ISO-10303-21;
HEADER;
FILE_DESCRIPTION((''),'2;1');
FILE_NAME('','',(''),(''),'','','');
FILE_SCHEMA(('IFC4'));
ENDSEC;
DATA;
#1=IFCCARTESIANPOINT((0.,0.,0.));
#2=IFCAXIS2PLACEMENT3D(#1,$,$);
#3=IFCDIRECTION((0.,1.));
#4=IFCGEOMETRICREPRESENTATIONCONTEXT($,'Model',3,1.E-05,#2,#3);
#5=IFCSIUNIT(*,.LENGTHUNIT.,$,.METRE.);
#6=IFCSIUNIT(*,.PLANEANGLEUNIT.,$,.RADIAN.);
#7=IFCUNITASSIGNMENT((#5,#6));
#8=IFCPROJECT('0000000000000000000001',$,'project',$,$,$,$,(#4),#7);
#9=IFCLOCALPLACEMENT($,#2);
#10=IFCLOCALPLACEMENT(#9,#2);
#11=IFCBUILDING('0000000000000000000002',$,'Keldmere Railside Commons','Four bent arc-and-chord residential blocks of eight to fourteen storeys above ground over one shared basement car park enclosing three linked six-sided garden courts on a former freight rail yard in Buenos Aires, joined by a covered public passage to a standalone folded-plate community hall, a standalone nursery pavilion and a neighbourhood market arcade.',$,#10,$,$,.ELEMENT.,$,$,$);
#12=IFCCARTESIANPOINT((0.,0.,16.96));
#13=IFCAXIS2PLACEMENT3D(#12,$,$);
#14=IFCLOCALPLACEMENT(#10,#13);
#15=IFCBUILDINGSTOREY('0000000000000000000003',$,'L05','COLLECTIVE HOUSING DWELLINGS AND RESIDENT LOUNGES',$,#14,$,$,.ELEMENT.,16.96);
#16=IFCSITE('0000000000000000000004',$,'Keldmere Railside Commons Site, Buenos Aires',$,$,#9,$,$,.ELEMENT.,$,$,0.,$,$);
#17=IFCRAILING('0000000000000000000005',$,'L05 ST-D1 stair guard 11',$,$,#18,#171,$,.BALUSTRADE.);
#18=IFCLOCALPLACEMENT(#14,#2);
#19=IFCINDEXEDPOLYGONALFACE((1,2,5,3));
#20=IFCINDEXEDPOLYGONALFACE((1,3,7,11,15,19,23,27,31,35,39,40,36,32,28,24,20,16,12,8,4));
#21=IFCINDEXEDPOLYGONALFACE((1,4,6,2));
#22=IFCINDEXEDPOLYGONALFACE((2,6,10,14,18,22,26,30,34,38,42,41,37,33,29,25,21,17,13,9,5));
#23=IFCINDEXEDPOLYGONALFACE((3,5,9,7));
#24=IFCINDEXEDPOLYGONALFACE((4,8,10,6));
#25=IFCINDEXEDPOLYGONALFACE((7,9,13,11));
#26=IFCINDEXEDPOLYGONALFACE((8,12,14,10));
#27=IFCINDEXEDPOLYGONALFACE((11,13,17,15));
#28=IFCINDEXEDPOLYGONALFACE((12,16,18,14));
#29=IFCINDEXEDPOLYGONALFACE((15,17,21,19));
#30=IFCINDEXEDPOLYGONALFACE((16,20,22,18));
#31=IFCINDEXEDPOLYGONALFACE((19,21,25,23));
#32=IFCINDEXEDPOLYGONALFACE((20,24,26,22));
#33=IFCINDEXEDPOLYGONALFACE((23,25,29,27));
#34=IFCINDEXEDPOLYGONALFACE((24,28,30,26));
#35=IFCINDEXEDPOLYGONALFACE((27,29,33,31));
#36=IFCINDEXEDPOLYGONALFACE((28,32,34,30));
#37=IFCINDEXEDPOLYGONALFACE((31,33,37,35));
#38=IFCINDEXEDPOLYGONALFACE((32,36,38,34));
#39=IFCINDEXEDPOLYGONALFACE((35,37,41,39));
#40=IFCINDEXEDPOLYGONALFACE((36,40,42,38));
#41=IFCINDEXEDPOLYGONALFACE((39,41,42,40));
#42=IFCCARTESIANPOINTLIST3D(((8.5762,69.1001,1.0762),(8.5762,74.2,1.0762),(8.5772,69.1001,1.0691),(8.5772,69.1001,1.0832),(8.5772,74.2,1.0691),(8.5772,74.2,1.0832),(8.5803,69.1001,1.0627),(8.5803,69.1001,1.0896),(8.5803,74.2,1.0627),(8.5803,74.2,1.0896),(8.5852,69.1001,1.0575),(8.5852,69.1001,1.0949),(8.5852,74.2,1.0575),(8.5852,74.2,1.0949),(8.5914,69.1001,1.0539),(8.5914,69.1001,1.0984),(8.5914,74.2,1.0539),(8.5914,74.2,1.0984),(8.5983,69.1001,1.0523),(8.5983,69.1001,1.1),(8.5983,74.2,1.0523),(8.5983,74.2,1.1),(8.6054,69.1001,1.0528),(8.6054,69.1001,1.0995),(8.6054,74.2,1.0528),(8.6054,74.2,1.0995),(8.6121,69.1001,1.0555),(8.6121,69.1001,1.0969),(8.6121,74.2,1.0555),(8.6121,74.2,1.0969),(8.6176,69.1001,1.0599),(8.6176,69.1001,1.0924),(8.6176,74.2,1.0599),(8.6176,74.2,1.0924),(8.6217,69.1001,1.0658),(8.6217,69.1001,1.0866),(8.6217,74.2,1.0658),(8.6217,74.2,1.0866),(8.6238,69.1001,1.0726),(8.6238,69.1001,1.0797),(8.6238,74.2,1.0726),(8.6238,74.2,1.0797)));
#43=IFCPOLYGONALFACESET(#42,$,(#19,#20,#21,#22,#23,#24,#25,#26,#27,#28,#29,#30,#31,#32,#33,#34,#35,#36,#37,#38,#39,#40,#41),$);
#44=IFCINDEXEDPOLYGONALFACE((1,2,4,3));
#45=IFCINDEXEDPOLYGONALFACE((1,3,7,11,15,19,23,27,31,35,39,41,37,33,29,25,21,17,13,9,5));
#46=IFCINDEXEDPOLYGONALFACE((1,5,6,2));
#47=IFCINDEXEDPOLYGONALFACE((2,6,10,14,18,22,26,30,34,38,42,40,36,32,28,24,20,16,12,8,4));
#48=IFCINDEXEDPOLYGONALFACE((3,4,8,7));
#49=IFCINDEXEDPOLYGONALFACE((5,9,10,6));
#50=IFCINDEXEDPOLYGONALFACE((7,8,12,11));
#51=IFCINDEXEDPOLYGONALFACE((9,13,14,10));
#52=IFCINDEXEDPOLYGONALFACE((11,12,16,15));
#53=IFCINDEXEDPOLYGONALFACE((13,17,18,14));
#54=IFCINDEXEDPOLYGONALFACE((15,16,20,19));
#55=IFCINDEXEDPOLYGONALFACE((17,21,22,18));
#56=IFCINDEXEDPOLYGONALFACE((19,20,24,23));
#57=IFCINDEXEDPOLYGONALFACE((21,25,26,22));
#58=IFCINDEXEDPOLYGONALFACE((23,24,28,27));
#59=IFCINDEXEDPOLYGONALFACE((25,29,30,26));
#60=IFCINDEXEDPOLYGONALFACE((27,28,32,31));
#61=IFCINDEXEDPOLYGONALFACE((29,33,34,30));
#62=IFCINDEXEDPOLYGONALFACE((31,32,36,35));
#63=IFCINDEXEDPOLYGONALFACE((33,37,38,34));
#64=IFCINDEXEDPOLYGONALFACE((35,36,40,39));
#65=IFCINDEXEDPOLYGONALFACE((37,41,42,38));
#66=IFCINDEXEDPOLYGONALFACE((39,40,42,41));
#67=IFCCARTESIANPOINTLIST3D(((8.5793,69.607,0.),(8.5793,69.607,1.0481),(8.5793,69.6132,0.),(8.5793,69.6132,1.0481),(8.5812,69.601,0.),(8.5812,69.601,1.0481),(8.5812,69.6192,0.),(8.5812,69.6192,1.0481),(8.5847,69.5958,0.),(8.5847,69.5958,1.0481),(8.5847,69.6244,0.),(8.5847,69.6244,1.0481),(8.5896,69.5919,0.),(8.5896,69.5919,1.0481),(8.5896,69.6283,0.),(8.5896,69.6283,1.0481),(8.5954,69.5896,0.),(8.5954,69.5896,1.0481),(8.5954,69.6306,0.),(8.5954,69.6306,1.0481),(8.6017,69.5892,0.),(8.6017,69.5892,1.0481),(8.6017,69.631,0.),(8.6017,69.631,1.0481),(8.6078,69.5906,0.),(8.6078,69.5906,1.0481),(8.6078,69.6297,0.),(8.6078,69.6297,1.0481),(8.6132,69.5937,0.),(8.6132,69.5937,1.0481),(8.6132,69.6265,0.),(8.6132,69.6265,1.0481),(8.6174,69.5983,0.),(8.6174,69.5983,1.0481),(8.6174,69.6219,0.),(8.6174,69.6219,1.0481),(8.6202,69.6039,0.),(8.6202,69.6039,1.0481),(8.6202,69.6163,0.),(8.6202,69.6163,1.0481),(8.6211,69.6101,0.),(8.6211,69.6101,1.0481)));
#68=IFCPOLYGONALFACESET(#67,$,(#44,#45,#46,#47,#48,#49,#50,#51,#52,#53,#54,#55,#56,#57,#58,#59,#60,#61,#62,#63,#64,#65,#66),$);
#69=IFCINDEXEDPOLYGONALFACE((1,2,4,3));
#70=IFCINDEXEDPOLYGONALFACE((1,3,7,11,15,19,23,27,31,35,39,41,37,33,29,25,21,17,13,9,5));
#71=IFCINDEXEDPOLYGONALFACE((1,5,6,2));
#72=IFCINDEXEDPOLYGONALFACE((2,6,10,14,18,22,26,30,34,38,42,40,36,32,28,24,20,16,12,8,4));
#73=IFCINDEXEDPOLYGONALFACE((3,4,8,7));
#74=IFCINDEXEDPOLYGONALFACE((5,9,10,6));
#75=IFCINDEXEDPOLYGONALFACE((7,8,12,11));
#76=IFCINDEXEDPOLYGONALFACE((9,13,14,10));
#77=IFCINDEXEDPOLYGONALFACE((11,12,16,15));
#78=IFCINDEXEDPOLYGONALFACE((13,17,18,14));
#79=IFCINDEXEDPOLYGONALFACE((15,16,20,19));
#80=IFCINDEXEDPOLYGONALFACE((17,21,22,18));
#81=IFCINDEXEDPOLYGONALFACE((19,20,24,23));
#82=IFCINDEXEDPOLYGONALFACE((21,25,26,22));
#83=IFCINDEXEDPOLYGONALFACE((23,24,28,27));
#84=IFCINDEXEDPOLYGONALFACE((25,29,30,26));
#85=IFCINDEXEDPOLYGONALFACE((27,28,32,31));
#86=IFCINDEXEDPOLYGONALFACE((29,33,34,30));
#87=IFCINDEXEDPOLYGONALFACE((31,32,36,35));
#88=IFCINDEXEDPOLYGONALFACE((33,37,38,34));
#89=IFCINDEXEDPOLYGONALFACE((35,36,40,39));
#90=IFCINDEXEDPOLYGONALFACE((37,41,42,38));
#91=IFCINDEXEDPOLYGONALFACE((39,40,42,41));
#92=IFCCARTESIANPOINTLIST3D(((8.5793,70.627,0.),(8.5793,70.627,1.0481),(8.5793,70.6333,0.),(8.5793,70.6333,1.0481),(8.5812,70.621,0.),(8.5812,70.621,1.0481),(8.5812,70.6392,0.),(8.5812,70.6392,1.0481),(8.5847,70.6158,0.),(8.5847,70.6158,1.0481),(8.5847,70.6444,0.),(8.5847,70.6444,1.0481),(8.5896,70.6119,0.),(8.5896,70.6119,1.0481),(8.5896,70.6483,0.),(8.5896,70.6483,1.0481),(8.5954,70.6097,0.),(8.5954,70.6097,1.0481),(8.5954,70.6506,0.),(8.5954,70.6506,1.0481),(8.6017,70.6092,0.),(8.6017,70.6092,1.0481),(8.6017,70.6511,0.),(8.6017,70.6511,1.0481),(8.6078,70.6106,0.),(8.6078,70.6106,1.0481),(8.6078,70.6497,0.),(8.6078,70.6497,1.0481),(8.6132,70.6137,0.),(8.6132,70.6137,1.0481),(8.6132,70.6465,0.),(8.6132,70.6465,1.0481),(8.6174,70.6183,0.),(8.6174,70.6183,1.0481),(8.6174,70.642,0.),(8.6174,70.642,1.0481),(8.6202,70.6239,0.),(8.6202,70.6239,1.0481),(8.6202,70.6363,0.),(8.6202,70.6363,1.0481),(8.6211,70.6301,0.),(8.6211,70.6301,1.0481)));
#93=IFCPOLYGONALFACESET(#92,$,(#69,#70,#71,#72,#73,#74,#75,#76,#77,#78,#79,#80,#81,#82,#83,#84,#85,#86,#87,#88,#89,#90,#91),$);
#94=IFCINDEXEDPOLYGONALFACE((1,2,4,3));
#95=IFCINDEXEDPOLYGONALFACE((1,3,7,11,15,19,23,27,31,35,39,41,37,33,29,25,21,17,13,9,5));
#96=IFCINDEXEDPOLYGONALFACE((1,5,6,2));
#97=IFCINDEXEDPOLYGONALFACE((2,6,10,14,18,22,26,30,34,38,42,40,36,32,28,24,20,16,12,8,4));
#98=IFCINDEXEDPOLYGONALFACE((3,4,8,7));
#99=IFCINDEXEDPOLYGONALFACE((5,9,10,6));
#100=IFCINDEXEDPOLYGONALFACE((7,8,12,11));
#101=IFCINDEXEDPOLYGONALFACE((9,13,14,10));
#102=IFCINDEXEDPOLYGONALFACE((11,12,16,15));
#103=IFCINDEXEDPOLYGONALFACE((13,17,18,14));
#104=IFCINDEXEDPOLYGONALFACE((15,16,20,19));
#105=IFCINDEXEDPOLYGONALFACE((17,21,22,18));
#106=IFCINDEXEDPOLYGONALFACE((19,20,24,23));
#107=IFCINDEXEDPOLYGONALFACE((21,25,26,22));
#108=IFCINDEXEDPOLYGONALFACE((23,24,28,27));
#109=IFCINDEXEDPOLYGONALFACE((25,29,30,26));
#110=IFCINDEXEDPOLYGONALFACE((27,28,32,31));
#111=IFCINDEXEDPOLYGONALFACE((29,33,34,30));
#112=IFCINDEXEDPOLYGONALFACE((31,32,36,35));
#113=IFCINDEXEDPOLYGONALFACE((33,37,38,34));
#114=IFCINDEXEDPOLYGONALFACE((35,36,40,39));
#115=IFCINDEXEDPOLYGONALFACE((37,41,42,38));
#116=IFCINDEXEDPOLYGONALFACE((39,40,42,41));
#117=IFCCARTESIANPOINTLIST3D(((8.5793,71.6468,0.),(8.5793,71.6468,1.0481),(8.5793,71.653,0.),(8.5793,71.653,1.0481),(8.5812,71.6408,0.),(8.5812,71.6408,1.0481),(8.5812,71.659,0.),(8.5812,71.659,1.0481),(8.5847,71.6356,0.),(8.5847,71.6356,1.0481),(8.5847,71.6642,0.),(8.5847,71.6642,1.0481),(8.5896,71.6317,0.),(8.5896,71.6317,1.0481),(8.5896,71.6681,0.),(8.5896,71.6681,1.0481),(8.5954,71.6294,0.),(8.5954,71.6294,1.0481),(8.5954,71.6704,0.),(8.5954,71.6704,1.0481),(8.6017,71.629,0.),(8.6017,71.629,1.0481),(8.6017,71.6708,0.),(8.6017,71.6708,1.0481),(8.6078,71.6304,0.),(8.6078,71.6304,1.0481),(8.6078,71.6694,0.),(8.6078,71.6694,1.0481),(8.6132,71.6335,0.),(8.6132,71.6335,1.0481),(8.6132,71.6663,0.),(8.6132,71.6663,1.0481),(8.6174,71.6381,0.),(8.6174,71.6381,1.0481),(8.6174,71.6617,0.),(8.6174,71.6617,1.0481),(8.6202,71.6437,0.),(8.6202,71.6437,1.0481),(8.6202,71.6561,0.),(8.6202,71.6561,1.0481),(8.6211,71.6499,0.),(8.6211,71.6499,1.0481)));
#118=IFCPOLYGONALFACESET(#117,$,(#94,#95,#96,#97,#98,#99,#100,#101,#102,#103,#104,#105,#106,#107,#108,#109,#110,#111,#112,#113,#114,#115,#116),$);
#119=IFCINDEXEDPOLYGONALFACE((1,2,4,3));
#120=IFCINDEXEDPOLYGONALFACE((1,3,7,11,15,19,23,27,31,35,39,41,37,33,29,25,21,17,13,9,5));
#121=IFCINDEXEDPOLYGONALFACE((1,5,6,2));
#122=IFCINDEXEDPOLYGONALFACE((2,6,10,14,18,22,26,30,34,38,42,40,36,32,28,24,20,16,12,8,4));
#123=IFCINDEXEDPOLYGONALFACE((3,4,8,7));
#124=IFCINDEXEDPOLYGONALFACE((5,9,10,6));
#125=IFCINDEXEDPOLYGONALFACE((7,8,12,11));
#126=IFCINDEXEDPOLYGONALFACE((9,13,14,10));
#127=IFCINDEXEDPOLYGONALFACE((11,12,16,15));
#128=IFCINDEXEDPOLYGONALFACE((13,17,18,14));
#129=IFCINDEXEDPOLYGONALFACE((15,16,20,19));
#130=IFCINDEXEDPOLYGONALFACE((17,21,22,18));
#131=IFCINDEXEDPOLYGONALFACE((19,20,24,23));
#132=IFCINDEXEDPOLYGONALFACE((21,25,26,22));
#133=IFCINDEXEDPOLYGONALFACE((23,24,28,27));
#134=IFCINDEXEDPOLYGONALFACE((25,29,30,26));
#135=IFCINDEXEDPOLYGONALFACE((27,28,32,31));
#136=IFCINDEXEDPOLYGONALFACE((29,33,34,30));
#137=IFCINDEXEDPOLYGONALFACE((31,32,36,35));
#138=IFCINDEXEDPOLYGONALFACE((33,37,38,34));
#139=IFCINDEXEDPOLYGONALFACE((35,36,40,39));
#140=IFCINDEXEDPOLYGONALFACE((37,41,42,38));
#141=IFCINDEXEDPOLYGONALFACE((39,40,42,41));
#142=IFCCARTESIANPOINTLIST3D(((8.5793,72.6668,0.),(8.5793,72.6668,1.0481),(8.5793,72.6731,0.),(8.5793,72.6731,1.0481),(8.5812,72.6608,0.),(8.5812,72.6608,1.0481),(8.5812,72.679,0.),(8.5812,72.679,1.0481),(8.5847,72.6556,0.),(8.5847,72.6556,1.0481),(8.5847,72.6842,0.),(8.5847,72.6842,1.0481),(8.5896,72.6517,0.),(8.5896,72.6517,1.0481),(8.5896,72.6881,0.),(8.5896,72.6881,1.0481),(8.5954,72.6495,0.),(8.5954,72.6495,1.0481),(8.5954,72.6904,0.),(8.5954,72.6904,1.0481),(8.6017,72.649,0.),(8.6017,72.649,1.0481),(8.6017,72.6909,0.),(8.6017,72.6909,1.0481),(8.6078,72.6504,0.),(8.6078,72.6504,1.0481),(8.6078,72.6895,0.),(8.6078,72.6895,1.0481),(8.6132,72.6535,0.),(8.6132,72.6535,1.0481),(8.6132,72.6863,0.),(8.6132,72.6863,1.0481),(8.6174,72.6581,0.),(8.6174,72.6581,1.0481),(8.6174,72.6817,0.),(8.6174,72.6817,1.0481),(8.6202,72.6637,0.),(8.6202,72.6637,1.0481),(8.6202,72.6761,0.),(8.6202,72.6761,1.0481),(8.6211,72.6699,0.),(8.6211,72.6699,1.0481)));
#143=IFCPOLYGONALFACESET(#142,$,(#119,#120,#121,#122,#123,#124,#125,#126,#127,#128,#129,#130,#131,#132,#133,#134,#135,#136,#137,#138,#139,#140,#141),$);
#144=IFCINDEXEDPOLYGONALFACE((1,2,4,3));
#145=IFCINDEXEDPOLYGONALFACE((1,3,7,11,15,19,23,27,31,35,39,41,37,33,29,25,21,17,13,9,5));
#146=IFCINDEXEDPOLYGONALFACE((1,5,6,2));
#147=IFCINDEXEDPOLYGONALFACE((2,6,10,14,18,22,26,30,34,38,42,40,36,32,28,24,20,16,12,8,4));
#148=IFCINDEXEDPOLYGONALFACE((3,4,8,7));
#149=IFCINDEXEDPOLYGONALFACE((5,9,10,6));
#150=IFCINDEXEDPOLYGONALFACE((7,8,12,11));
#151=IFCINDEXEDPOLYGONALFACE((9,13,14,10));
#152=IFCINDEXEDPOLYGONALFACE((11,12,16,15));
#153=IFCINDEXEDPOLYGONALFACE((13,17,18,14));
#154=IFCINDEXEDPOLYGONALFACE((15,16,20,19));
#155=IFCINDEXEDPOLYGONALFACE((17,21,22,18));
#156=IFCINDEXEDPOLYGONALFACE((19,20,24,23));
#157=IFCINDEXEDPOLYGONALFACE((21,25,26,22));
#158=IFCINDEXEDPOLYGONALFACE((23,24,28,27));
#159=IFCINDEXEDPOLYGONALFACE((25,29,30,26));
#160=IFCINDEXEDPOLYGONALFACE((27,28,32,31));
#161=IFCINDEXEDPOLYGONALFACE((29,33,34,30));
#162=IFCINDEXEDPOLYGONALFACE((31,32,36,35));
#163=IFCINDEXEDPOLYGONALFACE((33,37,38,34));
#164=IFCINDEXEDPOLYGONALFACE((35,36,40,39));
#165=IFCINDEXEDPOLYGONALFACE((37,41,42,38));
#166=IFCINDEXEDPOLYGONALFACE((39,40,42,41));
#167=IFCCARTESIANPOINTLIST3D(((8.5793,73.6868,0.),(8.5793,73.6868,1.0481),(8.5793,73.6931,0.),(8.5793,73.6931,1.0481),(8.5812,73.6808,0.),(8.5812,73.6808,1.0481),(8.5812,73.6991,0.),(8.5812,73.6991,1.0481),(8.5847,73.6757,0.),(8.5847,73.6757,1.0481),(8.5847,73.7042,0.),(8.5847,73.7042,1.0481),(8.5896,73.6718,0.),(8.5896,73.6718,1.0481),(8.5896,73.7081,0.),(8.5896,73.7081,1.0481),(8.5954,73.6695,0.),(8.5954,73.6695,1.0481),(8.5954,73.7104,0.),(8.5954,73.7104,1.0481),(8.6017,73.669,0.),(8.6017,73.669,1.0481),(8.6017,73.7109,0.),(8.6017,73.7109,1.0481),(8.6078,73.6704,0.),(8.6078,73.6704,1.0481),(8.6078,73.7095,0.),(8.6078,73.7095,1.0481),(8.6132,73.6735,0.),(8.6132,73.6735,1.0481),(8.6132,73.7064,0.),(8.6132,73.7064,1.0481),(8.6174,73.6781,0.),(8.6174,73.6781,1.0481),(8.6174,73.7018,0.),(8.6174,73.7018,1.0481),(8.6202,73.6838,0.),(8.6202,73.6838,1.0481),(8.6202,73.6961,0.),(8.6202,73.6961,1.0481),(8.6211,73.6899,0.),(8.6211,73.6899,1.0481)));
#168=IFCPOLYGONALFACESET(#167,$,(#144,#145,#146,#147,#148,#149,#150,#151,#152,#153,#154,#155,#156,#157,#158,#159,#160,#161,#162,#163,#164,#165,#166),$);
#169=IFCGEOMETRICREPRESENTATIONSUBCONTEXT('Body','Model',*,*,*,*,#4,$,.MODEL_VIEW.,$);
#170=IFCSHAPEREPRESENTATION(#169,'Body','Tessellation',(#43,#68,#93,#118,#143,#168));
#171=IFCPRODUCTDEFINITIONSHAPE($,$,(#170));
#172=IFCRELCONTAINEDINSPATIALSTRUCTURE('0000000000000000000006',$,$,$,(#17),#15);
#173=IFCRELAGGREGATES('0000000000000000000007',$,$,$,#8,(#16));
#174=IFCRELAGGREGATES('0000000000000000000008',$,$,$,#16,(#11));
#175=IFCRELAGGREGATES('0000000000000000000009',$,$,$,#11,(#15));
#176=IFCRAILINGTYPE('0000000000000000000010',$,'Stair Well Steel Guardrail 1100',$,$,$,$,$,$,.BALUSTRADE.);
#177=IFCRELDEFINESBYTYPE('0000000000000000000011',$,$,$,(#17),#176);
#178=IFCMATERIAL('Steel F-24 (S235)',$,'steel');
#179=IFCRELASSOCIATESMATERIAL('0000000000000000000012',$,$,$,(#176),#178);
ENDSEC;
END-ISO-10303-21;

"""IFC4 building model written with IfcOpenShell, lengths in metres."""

from ifc_helpers import new_model, si_unit, direction, frame, origin, origin_2d, place, context, subcontext, project, spatial, circle, extrude, material, type_object, element, save


model = new_model("IFC4")

# Units and contexts
model_context = context("Model", 3, precision=1e-05, world=origin(), true_north=direction((0.0, 1.0)))
body_context = subcontext(model_context, "Body", "Model", "MODEL_VIEW")
ifc_project = project(units=[si_unit("LENGTHUNIT", "METRE"), si_unit("PLANEANGLEUNIT", "RADIAN")], contexts=[model_context])

# Site, building, storey
site_placement = place(None, origin())
site = spatial("IfcSite", under=ifc_project, at=site_placement, Name="Keldmere Railside Commons Site, Buenos Aires", CompositionType="ELEMENT", RefElevation=0.0)
building_placement = place(site_placement, origin())
building = spatial("IfcBuilding", under=site, at=building_placement, Name="Keldmere Railside Commons", Description="Four bent arc-and-chord residential blocks of eight to fourteen storeys above ground over one shared basement car park enclosing three linked six-sided garden courts on a former freight rail yard in Buenos Aires, joined by a covered public passage to a standalone folded-plate community hall, a standalone nursery pavilion and a neighbourhood market arcade.", CompositionType="ELEMENT")
storey_placement = place(building_placement, frame((0.0, 0.0, 16.96)))
storey = spatial("IfcBuildingStorey", under=building, at=storey_placement, Name="L05", Description="COLLECTIVE HOUSING DWELLINGS AND RESIDENT LOUNGES", CompositionType="ELEMENT", Elevation=16.96)

# Railing
ifc_material_1 = material(Name="Steel F-24 (S235)", Category="steel")
railing_type_1 = type_object("IfcRailingType", Name="Stair Well Steel Guardrail 1100", PredefinedType="BALUSTRADE", material=ifc_material_1)
for number, where, name in (
    (1, (8.6001, 69.1001, 0.0), "L05 ST-D1 stair guard 11"),
):
    element("IfcRailing", number, at=place(storey_placement, frame(where)), inside=storey, type_object=railing_type_1, Name=name, PredefinedType="BALUSTRADE", context=body_context, shape_type="SweptSolid", body=[
        extrude(circle(Radius=0.0239, at=origin_2d()), frame((0.0, 0.0, 1.0762), z_axis=(0.0, 1.0, 0.0), x_axis=(-1.0, 0.0, 0.0)), (0.0, 0.0, 1.0), 5.0999),
        extrude(circle(Radius=0.021, at=origin_2d()), frame((0.0, 0.51, 0.0)), (0.0, 0.0, 1.0), 1.0481),
        extrude(circle(Radius=0.021, at=origin_2d()), frame((0.0, 1.53, 0.0)), (0.0, 0.0, 1.0), 1.0481),
        extrude(circle(Radius=0.021, at=origin_2d()), frame((0.0, 2.5498, 0.0)), (0.0, 0.0, 1.0), 1.0481),
        extrude(circle(Radius=0.021, at=origin_2d()), frame((0.0, 3.5698, 0.0)), (0.0, 0.0, 1.0), 1.0481),
        extrude(circle(Radius=0.021, at=origin_2d()), frame((0.0, 4.5898, 0.0)), (0.0, 0.0, 1.0), 1.0481),
    ])

save(model, "model.ifc")
